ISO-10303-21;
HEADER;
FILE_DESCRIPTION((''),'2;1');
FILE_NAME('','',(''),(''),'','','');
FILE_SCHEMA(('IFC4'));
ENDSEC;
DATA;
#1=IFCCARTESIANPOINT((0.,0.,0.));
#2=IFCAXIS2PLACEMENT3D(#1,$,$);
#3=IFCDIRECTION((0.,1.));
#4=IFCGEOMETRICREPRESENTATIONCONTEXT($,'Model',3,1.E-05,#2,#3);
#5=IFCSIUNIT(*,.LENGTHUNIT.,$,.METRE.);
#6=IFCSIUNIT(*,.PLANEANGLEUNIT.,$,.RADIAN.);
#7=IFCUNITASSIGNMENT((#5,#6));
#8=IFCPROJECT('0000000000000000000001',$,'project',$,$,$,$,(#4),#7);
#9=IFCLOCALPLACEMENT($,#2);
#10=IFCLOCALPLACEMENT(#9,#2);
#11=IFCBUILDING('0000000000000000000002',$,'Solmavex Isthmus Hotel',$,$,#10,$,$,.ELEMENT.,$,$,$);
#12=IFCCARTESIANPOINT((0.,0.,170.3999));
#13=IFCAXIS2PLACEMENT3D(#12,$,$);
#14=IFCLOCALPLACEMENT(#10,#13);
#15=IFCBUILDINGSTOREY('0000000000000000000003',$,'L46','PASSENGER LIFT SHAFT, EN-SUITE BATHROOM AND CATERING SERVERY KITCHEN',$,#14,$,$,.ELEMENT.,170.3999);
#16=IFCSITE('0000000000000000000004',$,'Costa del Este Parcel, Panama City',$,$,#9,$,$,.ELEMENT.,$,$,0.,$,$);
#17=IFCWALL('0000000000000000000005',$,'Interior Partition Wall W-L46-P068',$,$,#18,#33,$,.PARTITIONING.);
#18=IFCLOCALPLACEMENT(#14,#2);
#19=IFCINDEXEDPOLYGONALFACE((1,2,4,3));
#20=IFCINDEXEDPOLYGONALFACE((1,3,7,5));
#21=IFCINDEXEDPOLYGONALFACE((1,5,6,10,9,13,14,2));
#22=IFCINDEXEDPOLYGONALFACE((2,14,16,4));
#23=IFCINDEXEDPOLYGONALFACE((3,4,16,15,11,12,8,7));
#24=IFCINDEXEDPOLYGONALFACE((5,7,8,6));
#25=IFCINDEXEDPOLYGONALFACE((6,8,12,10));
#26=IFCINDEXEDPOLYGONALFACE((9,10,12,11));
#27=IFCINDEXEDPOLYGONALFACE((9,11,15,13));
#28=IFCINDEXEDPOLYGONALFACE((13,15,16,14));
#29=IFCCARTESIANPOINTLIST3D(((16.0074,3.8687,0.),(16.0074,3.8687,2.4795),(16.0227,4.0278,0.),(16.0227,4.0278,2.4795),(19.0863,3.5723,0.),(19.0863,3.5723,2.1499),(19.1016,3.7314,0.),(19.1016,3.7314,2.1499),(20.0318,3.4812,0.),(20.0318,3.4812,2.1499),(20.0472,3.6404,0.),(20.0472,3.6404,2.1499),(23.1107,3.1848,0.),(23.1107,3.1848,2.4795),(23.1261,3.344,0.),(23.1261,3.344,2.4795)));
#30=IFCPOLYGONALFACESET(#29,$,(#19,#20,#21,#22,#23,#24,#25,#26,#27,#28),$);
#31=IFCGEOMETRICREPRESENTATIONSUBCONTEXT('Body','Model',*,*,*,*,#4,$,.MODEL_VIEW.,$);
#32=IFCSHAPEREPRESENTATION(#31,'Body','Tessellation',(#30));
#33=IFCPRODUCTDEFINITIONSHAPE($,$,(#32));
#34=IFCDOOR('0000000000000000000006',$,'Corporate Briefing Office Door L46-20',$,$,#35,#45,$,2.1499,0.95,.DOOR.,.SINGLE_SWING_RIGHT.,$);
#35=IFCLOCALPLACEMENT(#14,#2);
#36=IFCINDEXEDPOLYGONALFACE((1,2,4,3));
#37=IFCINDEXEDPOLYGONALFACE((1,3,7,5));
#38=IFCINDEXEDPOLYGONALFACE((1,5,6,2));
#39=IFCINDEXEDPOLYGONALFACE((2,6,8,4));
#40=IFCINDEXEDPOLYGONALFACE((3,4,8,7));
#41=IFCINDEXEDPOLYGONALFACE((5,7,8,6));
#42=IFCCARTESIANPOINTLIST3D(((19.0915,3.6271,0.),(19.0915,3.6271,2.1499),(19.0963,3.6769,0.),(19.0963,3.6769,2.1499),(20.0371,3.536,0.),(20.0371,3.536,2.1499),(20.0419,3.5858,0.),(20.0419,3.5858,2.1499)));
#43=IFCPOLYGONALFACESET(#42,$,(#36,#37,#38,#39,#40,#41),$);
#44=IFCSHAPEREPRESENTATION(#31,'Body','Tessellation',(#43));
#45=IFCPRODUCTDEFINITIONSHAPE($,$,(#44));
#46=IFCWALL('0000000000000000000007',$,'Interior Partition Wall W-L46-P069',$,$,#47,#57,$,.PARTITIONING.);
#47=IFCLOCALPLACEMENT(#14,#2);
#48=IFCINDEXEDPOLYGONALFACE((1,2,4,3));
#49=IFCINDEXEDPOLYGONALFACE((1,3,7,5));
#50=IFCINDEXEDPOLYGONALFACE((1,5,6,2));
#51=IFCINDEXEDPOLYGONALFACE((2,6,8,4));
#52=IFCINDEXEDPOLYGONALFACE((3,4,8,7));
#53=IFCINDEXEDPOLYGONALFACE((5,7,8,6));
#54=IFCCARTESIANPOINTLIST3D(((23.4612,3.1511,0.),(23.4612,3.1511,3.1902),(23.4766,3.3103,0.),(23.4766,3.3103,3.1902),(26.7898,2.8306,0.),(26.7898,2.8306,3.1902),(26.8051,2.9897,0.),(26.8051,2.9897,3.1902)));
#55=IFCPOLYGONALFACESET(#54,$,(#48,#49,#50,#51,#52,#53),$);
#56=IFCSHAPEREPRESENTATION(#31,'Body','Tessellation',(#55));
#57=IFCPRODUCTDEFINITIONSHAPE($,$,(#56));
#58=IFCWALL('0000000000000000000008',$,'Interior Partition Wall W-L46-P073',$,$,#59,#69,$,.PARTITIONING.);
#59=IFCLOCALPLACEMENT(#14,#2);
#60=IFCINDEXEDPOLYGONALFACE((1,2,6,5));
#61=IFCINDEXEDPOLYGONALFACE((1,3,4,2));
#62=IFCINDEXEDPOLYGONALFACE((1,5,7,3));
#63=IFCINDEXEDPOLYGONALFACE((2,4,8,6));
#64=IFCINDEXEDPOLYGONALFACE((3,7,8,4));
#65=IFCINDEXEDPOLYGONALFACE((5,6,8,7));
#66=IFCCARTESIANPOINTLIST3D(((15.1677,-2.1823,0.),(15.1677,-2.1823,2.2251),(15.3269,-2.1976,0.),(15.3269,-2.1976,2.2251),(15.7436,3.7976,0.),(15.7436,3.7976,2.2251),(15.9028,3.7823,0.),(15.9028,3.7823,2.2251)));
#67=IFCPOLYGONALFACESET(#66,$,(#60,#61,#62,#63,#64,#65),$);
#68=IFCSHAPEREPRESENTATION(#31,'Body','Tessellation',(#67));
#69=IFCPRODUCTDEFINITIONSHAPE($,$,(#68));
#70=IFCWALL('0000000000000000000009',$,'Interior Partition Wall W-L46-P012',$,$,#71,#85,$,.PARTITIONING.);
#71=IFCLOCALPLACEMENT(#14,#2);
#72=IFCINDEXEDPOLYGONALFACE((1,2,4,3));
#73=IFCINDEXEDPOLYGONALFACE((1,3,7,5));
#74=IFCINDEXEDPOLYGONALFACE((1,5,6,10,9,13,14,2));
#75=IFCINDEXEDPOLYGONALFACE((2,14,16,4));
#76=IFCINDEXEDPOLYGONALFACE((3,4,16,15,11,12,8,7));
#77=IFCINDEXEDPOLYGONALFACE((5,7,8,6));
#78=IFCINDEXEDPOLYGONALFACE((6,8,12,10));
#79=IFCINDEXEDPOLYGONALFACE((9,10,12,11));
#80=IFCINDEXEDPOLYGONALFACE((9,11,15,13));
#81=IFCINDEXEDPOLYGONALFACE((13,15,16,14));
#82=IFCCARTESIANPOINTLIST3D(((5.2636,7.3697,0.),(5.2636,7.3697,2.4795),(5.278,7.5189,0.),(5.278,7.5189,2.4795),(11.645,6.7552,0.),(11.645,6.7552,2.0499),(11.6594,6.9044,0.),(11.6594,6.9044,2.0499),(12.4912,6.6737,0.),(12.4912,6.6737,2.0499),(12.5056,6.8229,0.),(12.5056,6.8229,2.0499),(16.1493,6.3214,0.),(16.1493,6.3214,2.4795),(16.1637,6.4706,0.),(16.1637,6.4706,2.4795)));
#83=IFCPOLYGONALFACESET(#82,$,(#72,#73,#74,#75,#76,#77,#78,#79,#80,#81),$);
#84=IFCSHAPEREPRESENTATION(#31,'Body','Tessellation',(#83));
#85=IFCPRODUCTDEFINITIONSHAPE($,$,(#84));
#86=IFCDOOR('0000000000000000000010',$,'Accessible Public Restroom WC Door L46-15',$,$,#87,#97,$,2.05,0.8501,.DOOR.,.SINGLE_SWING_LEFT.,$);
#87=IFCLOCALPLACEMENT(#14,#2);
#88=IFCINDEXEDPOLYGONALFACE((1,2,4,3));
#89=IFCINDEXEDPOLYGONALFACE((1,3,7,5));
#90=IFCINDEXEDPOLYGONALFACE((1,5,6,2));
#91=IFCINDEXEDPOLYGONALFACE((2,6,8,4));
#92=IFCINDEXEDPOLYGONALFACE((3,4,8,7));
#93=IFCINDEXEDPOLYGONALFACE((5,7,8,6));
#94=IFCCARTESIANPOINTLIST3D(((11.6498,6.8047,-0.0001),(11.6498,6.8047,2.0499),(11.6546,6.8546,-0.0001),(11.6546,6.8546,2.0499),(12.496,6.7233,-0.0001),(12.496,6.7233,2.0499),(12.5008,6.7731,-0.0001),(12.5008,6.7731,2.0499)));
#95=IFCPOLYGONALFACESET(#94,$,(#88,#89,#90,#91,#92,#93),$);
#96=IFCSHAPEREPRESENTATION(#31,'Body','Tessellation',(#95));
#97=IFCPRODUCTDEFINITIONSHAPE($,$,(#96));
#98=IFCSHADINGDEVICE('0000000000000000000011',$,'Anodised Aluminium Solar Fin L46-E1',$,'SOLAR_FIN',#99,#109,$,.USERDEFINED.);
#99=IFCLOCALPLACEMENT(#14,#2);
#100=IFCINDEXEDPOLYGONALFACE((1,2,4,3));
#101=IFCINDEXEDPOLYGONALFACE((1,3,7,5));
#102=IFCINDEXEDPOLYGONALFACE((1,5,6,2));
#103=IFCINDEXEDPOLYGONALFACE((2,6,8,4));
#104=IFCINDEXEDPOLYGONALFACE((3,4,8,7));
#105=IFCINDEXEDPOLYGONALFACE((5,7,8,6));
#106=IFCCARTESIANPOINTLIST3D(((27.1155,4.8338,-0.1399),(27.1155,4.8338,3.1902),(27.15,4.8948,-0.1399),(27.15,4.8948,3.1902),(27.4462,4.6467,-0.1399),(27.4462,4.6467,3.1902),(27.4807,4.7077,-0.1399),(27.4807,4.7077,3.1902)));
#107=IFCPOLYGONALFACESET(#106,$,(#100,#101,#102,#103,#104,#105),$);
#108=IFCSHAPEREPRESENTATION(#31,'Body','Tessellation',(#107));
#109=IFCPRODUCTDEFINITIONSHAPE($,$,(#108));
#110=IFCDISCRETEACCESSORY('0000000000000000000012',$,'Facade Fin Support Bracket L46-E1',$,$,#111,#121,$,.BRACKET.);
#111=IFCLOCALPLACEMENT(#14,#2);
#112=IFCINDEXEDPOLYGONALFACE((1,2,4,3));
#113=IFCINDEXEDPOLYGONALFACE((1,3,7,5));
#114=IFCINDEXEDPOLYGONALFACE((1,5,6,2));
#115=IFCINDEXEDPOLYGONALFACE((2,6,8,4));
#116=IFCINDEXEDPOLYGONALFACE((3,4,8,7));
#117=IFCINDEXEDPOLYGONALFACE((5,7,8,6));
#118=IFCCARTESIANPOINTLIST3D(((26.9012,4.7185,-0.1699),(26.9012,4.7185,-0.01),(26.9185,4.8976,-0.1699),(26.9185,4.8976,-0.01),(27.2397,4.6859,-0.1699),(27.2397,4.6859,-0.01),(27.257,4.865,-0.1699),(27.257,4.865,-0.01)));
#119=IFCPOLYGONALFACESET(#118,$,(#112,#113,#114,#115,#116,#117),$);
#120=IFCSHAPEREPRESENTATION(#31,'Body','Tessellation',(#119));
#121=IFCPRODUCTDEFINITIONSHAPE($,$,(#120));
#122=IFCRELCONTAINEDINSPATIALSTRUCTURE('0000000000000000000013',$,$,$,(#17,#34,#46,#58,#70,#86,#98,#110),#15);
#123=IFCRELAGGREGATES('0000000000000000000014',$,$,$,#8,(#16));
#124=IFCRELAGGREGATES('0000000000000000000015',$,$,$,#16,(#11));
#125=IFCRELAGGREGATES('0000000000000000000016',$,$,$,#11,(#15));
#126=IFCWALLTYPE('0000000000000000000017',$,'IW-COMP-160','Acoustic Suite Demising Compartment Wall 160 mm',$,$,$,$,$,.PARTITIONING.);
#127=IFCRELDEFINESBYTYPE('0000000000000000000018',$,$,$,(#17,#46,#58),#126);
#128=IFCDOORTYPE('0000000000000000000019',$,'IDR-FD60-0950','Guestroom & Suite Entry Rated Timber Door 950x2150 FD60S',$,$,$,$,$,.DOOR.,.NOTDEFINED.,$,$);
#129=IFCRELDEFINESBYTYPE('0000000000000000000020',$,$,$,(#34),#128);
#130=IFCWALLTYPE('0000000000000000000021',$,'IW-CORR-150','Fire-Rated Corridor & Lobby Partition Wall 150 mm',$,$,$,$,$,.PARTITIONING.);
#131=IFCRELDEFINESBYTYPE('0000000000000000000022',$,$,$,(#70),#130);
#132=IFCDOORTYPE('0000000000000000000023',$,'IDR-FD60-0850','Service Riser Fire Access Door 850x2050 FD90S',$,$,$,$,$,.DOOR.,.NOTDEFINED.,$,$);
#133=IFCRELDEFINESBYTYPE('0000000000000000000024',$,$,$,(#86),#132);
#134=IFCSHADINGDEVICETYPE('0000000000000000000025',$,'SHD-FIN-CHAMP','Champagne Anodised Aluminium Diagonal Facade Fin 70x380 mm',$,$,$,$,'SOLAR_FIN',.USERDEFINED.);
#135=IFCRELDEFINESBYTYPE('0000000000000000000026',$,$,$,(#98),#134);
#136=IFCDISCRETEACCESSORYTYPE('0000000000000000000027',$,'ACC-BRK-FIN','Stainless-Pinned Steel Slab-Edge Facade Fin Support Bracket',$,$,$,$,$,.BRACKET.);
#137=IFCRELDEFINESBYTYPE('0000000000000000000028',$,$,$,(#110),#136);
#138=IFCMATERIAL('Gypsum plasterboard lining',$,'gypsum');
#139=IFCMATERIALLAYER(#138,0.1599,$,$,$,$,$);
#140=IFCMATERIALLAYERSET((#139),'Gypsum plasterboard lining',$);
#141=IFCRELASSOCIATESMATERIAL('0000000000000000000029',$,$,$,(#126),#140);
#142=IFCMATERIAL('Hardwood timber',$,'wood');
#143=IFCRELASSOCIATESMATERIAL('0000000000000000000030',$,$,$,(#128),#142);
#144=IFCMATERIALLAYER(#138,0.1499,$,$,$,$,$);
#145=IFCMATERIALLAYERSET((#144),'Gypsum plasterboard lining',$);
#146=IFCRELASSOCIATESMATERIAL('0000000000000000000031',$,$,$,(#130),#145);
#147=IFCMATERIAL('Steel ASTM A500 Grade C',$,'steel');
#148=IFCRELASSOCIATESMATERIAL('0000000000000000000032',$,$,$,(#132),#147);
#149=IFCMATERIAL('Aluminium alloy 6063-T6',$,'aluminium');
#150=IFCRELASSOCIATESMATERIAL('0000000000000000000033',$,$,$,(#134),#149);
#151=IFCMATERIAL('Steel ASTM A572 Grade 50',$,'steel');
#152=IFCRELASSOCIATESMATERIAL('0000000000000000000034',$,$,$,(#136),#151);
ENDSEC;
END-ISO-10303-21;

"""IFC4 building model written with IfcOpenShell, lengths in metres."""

from ifc_helpers import new_model, si_unit, direction, frame, frame_2d, origin, origin_2d, place, context, subcontext, project, spatial, rectangle, extrude, material, layer, layer_set, type_object, element, fill, save


model = new_model("IFC4")

# Units and contexts
model_context = context("Model", 3, precision=1e-05, world=origin(), true_north=direction((0.0, 1.0)))
body_context = subcontext(model_context, "Body", "Model", "MODEL_VIEW")
ifc_project = project(units=[si_unit("LENGTHUNIT", "METRE"), si_unit("PLANEANGLEUNIT", "RADIAN")], contexts=[model_context])

# Site, building, storey
site_placement = place(None, origin())
site = spatial("IfcSite", under=ifc_project, at=site_placement, Name="Costa del Este Parcel, Panama City", CompositionType="ELEMENT", RefElevation=0.0)
building_placement = place(site_placement, origin())
building = spatial("IfcBuilding", under=site, at=building_placement, Name="Solmavex Isthmus Hotel", CompositionType="ELEMENT")
storey_placement = place(building_placement, frame((0.0, 0.0, 170.3999)))
storey = spatial("IfcBuildingStorey", under=building, at=storey_placement, Name="L46", Description="PASSENGER LIFT SHAFT, EN-SUITE BATHROOM AND CATERING SERVERY KITCHEN", CompositionType="ELEMENT", Elevation=170.3999)

# Shared definitions
ifc_material_1 = material(Name="Aluminium alloy 6063-T6", Category="aluminium")

# Shared definitions
ifc_material_2 = material(Name="Gypsum plasterboard lining", Category="gypsum")
ifc_layer_1 = layer(ifc_material_2, 0.1599)
ifc_layer_set_1 = layer_set([ifc_layer_1], Name="Gypsum plasterboard lining")
wall_type_1 = type_object("IfcWallType", Name="IW-COMP-160", Description="Acoustic Suite Demising Compartment Wall 160 mm", PredefinedType="PARTITIONING", material=ifc_layer_set_1)

# Wall, opening, door
wall_1_placement = place(storey_placement, frame((23.1184, 3.2644, 0.0), z_axis=(0.0, 0.0, 1.0), x_axis=(-0.995398, 0.095828, 0.0)))
wall_1 = element("IfcWall", 1, at=wall_1_placement, inside=storey, type_object=wall_type_1, Name="Interior Partition Wall W-L46-P068", PredefinedType="PARTITIONING", context=body_context, shape_type="SweptSolid", body=[
    extrude(rectangle(XDim=7.1362, YDim=0.1599, at=frame_2d((3.5681, 0.0))), origin(), (0.0, 0.0, 1.0), 2.4795),
])
opening_1_placement = place(wall_1_placement, frame((3.093, 0.0, 0.0)))
opening_1 = element("IfcOpeningElement", 2, at=opening_1_placement, cuts=wall_1, PredefinedType="OPENING", context=body_context, shape_type="SweptSolid", body=[
    extrude(rectangle(XDim=0.95, YDim=2.1499, at=frame_2d((0.4751, 1.075))), frame((0.0, 0.0898, 0.0), z_axis=(0.0, -1.0, 0.0), x_axis=(1.0, 0.0, 0.0)), (0.0, 0.0, 1.0), 0.1799),
])
ifc_material_3 = material(Name="Hardwood timber", Category="wood")
door_type_1 = type_object("IfcDoorType", Name="IDR-FD60-0950", Description="Guestroom & Suite Entry Rated Timber Door 950x2150 FD60S", OperationType="NOTDEFINED", PredefinedType="DOOR", material=ifc_material_3)
door_1_placement = place(opening_1_placement, origin())
door_1 = element("IfcDoor", 3, at=door_1_placement, inside=storey, type_object=door_type_1, Name="Corporate Briefing Office Door L46-20", OperationType="SINGLE_SWING_RIGHT", OverallHeight=2.1499, OverallWidth=0.95, PredefinedType="DOOR", context=body_context, shape_type="SweptSolid", body=[
    extrude(rectangle(XDim=0.95, YDim=2.1499, at=frame_2d((0.4751, 1.075))), frame((0.0, 0.0249, 0.0), z_axis=(0.0, -1.0, 0.0), x_axis=(1.0, 0.0, 0.0)), (0.0, 0.0, 1.0), 0.05),
])
fill(opening_1, door_1)

# Walls
wall_2_placement = place(storey_placement, frame((26.7974, 2.9102, 0.0), z_axis=(0.0, 0.0, 1.0), x_axis=(-0.995395, 0.09586, 0.0)))
element("IfcWall", 4, at=wall_2_placement, inside=storey, type_object=wall_type_1, Name="Interior Partition Wall W-L46-P069", PredefinedType="PARTITIONING", context=body_context, shape_type="SweptSolid", body=[
    extrude(rectangle(XDim=3.344, YDim=0.1599, at=frame_2d((1.6719, 0.0))), origin(), (0.0, 0.0, 1.0), 3.1902),
])
wall_3_placement = place(storey_placement, frame((15.8232, 3.79, 0.0), z_axis=(0.0, 0.0, 1.0), x_axis=(-0.095866, -0.995394, 0.0)))
element("IfcWall", 5, at=wall_3_placement, inside=storey, type_object=wall_type_1, Name="Interior Partition Wall W-L46-P073", PredefinedType="PARTITIONING", context=body_context, shape_type="SweptSolid", body=[
    extrude(rectangle(XDim=6.0076, YDim=0.1599, at=frame_2d((3.0039, 0.0))), origin(), (0.0, 0.0, 1.0), 2.2251),
])

# Wall, opening, door
ifc_layer_2 = layer(ifc_material_2, 0.1499)
ifc_layer_set_2 = layer_set([ifc_layer_2], Name="Gypsum plasterboard lining")
wall_type_2 = type_object("IfcWallType", Name="IW-CORR-150", Description="Fire-Rated Corridor & Lobby Partition Wall 150 mm", PredefinedType="PARTITIONING", material=ifc_layer_set_2)
wall_4_placement = place(storey_placement, frame((16.1565, 6.396, 0.0), z_axis=(0.0, 0.0, 1.0), x_axis=(-0.995395, 0.09586, 0.0)))
wall_4 = element("IfcWall", 6, at=wall_4_placement, inside=storey, type_object=wall_type_2, Name="Interior Partition Wall W-L46-P012", PredefinedType="PARTITIONING", context=body_context, shape_type="SweptSolid", body=[
    extrude(rectangle(XDim=10.936, YDim=0.1499, at=frame_2d((5.468, 0.0))), origin(), (0.0, 0.0, 1.0), 2.4795),
])
opening_2_placement = place(wall_4_placement, frame((3.675, 0.0, 0.0)))
opening_2 = element("IfcOpeningElement", 7, at=opening_2_placement, cuts=wall_4, PredefinedType="OPENING", context=body_context, shape_type="SweptSolid", body=[
    extrude(rectangle(XDim=0.8501, YDim=2.05, at=frame_2d((0.425, 1.0249))), frame((0.0, 0.085, 0.0), z_axis=(0.0, -1.0, 0.0), x_axis=(1.0, 0.0, 0.0)), (0.0, 0.0, 1.0), 0.1699),
])
ifc_material_4 = material(Name="Steel ASTM A500 Grade C", Category="steel")
door_type_2 = type_object("IfcDoorType", Name="IDR-FD60-0850", Description="Service Riser Fire Access Door 850x2050 FD90S", OperationType="NOTDEFINED", PredefinedType="DOOR", material=ifc_material_4)
door_2_placement = place(opening_2_placement, frame((0.8501, 0.0, 0.0), z_axis=(0.0, 0.0, 1.0), x_axis=(-1.0, 0.0, 0.0)))
door_2 = element("IfcDoor", 8, at=door_2_placement, inside=storey, type_object=door_type_2, Name="Accessible Public Restroom WC Door L46-15", OperationType="SINGLE_SWING_LEFT", OverallHeight=2.05, OverallWidth=0.8501, PredefinedType="DOOR", context=body_context, shape_type="SweptSolid", body=[
    extrude(rectangle(XDim=0.8501, YDim=2.05, at=frame_2d((0.425, 1.0249))), frame((0.0, 0.0249, 0.0), z_axis=(0.0, -1.0, 0.0), x_axis=(1.0, 0.0, 0.0)), (0.0, 0.0, 1.0), 0.05),
])
fill(opening_2, door_2)

# Shading device
shading_device_type = type_object("IfcShadingDeviceType", Name="SHD-FIN-CHAMP", Description="Champagne Anodised Aluminium Diagonal Facade Fin 70x380 mm", ElementType="SOLAR_FIN", PredefinedType="USERDEFINED", material=ifc_material_1)
shading_device_placement = place(storey_placement, frame((27.2981, 4.7708, -0.1399), z_axis=(0.0, 0.0, 1.0), x_axis=(0.870356, -0.492424, 0.0)))
element("IfcShadingDevice", 9, at=shading_device_placement, inside=storey, type_object=shading_device_type, Name="Anodised Aluminium Solar Fin L46-E1", ObjectType="SOLAR_FIN", PredefinedType="USERDEFINED", context=body_context, shape_type="SweptSolid", body=[
    extrude(rectangle(XDim=0.3799, YDim=0.0701, at=origin_2d()), origin(), (0.0, 0.0, 1.0), 3.3301),
])

# Discrete accessory
ifc_material_5 = material(Name="Steel ASTM A572 Grade 50", Category="steel")
discrete_accessory_type = type_object("IfcDiscreteAccessoryType", Name="ACC-BRK-FIN", Description="Stainless-Pinned Steel Slab-Edge Facade Fin Support Bracket", PredefinedType="BRACKET", material=ifc_material_5)
discrete_accessory_placement = place(storey_placement, frame((27.0791, 4.7917, -0.1699), z_axis=(0.0, 0.0, 1.0), x_axis=(0.995396, -0.095846, 0.0)))
element("IfcDiscreteAccessory", 10, at=discrete_accessory_placement, inside=storey, type_object=discrete_accessory_type, Name="Facade Fin Support Bracket L46-E1", PredefinedType="BRACKET", context=body_context, shape_type="SweptSolid", body=[
    extrude(rectangle(XDim=0.3401, YDim=0.1799, at=origin_2d()), origin(), (0.0, 0.0, 1.0), 0.1599),
])

save(model, "model.ifc")
